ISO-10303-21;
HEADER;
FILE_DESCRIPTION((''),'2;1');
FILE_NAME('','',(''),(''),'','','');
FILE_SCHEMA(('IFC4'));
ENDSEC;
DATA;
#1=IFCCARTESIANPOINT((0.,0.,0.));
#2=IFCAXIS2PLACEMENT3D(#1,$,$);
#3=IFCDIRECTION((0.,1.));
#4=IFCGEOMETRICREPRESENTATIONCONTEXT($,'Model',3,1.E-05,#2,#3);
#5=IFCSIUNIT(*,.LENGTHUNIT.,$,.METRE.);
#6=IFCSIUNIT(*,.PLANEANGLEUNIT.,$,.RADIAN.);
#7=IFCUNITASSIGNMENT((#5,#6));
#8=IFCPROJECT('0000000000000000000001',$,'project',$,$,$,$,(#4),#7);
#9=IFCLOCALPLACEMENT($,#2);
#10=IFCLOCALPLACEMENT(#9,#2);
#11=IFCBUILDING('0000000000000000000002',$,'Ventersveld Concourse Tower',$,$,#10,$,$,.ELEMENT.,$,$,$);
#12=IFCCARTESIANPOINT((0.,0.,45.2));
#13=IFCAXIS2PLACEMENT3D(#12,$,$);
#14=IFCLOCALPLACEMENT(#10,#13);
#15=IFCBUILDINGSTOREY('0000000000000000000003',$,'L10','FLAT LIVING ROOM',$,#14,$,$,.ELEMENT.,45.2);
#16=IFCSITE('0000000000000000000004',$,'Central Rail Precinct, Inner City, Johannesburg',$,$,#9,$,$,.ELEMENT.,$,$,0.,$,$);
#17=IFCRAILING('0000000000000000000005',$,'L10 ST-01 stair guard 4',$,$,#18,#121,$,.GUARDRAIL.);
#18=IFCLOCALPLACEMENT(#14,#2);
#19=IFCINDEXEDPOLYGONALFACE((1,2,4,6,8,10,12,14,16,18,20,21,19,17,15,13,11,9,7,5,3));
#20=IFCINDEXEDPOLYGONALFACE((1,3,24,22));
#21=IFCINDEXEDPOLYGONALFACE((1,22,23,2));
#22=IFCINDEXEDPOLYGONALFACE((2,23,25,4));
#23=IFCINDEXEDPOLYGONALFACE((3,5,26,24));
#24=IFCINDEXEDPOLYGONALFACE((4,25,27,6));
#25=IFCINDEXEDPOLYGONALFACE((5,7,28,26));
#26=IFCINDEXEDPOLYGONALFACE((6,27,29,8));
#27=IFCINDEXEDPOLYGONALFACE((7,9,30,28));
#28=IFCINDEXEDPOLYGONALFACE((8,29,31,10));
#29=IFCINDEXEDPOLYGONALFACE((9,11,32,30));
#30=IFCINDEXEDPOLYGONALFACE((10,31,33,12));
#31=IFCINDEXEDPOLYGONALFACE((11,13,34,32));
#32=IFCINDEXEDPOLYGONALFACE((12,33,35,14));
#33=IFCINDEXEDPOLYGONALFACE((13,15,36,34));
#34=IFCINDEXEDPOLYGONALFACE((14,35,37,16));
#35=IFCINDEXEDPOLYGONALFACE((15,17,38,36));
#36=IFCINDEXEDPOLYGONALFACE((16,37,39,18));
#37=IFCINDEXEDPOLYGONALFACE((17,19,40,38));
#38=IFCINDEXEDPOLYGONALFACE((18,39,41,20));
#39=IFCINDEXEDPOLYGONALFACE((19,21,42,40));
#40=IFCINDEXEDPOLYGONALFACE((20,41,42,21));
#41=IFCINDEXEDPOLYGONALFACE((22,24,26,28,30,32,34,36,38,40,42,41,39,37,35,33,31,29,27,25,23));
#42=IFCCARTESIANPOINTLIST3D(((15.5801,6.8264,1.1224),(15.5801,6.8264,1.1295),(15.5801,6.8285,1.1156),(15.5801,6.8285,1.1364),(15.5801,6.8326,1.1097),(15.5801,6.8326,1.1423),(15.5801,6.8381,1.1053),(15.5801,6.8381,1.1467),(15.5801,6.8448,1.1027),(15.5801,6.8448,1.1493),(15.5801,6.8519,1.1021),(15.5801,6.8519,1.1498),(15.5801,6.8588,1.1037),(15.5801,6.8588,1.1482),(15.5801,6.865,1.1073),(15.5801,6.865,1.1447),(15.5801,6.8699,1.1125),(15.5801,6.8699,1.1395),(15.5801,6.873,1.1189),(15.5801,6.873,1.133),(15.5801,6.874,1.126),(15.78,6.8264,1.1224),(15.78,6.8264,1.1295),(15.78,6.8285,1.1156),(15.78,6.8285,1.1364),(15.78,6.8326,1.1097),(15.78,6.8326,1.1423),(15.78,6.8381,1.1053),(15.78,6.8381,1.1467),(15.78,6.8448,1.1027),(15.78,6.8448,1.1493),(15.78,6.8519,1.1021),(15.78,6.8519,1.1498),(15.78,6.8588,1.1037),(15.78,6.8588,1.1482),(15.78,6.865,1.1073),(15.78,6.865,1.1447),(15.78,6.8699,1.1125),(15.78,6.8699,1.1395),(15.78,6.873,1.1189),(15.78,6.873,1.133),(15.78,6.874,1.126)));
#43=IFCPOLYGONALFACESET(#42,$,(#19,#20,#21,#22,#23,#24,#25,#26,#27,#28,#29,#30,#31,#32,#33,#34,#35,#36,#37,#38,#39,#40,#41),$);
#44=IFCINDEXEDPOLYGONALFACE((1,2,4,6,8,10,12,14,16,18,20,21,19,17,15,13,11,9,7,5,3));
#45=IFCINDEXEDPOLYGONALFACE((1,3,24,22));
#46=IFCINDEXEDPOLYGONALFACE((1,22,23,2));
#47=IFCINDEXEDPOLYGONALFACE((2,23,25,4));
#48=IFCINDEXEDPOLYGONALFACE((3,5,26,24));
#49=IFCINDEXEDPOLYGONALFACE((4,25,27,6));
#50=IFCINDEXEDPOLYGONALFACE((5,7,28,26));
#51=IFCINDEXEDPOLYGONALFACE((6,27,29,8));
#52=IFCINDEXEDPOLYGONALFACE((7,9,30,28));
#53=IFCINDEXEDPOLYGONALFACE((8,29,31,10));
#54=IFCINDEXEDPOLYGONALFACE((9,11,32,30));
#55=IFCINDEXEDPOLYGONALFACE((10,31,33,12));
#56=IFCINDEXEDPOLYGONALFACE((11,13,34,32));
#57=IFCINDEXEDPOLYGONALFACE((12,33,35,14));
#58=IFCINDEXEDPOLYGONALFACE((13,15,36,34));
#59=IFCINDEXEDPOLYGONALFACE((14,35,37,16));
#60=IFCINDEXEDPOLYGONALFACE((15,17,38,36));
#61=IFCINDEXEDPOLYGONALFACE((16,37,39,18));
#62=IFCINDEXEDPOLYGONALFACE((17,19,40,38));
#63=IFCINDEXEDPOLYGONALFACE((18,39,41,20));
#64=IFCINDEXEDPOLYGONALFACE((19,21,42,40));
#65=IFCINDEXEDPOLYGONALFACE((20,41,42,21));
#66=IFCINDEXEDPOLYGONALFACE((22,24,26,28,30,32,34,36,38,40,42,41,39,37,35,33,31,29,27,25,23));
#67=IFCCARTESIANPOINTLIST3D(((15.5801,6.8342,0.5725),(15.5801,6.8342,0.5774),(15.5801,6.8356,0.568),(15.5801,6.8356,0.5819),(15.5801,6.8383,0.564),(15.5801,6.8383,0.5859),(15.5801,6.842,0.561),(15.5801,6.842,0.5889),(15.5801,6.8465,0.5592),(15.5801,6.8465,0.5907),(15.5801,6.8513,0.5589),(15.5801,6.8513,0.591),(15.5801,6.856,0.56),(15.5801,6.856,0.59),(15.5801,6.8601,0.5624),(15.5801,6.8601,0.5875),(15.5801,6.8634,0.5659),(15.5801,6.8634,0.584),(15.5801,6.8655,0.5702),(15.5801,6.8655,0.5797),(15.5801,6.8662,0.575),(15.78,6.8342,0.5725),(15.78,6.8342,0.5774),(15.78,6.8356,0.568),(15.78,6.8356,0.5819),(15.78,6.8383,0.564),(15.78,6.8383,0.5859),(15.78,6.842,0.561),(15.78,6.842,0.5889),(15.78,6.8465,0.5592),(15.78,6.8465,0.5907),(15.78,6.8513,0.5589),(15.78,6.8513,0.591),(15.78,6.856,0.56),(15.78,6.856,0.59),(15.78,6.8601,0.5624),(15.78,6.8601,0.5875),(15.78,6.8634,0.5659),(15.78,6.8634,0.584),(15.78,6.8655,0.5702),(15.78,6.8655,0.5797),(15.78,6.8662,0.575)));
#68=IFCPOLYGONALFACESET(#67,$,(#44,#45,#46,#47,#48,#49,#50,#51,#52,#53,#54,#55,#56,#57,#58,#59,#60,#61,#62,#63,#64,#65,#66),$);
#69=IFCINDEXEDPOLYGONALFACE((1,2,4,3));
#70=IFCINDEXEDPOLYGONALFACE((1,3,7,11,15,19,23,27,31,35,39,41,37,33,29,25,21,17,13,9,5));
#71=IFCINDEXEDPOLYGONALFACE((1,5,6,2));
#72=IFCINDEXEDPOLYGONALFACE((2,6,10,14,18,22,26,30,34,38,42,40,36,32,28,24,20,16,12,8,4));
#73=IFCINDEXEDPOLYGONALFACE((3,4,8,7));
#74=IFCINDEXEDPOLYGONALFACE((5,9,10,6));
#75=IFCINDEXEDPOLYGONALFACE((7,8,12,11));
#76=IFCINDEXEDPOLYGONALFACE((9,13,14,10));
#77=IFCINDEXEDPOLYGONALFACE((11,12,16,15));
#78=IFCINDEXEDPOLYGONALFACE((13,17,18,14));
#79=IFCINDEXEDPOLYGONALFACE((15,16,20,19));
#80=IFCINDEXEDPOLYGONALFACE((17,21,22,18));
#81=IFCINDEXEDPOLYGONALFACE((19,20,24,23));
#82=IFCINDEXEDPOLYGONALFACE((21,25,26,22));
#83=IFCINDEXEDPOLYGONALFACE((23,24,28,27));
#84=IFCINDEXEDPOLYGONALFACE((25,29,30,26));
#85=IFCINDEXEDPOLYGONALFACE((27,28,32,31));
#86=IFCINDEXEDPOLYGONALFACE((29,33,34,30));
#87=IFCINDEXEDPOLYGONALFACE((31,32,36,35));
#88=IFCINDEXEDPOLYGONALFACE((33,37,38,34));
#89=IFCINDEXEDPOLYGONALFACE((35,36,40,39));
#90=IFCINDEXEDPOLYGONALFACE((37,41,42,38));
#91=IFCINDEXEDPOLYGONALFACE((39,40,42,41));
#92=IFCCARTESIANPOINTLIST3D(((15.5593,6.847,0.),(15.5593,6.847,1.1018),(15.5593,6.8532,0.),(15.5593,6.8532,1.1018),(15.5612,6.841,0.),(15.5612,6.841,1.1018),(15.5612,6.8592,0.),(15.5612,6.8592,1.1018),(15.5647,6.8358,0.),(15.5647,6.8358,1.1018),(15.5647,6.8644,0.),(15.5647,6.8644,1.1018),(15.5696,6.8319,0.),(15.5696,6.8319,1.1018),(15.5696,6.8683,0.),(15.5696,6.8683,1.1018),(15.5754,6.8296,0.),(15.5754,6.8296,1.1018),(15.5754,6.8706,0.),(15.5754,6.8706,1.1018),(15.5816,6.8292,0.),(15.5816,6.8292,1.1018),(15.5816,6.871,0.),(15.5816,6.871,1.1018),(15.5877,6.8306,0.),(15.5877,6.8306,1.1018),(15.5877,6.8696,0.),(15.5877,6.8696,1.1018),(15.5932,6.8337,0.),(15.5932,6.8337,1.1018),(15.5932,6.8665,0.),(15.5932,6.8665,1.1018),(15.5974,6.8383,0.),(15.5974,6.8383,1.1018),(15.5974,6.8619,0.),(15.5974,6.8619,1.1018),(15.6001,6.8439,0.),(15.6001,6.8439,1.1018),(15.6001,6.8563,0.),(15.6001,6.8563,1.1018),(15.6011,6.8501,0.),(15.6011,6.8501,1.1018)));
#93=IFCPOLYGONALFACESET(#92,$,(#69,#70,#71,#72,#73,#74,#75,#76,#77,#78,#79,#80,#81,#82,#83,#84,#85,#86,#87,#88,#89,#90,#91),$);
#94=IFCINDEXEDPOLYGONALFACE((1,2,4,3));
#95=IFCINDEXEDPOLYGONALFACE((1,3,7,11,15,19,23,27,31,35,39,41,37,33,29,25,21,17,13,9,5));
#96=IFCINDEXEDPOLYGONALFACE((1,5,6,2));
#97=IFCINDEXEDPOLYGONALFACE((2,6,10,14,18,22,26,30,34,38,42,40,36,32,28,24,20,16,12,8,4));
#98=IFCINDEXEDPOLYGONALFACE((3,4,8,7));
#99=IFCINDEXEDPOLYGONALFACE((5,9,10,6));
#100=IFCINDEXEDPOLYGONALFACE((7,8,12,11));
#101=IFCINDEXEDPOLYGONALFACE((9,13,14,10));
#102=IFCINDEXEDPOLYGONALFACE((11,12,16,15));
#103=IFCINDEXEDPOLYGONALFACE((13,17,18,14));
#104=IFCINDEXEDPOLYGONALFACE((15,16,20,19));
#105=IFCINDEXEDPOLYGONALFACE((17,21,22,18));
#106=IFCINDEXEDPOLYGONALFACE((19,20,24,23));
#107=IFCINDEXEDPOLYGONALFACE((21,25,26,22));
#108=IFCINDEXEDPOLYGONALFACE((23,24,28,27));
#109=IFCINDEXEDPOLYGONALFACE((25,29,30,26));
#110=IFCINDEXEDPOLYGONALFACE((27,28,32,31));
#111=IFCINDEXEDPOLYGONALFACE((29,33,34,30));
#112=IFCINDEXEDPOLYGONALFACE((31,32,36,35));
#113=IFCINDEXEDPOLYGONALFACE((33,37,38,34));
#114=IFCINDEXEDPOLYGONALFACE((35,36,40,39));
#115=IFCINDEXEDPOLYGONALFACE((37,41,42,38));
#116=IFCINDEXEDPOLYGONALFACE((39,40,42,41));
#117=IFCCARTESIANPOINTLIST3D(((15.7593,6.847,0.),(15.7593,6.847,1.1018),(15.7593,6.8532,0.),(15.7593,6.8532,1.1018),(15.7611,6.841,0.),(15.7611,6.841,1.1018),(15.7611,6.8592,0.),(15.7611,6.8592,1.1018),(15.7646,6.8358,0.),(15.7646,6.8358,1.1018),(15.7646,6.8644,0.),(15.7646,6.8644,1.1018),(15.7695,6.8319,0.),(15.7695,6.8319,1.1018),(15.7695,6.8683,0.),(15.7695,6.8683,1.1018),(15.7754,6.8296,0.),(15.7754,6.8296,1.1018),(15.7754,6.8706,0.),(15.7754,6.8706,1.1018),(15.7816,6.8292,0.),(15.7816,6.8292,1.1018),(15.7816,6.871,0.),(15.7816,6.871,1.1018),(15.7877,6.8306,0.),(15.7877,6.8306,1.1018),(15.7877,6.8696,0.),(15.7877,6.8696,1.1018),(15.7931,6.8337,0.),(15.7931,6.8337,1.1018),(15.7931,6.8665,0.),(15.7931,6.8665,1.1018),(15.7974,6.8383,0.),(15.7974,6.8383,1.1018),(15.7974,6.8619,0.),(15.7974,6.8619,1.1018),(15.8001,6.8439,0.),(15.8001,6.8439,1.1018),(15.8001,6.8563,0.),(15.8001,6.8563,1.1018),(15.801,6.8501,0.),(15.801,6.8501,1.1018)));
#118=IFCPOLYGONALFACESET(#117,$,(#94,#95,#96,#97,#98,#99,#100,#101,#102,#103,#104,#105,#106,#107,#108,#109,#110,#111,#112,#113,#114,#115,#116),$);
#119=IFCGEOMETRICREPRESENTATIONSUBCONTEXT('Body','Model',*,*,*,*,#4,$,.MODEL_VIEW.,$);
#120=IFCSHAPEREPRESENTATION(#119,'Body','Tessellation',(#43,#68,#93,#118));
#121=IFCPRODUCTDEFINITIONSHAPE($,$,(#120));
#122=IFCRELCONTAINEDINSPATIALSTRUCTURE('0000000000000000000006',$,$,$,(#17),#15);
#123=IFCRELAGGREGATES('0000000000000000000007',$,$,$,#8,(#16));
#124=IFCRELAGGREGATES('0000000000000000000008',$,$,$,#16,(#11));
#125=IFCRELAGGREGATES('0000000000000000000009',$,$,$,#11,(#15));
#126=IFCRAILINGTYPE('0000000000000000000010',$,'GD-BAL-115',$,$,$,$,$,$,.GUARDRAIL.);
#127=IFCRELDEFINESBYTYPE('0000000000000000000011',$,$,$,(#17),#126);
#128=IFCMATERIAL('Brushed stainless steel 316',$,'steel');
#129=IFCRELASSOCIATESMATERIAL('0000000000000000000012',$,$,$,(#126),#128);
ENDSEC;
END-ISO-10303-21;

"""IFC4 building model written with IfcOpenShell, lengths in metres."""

from ifc_helpers import new_model, si_unit, direction, frame, origin, origin_2d, place, context, subcontext, project, spatial, circle, extrude, material, type_object, element, save


model = new_model("IFC4")

# Units and contexts
model_context = context("Model", 3, precision=1e-05, world=origin(), true_north=direction((0.0, 1.0)))
body_context = subcontext(model_context, "Body", "Model", "MODEL_VIEW")
ifc_project = project(units=[si_unit("LENGTHUNIT", "METRE"), si_unit("PLANEANGLEUNIT", "RADIAN")], contexts=[model_context])

# Site, building, storey
site_placement = place(None, origin())
site = spatial("IfcSite", under=ifc_project, at=site_placement, Name="Central Rail Precinct, Inner City, Johannesburg", CompositionType="ELEMENT", RefElevation=0.0)
building_placement = place(site_placement, origin())
building = spatial("IfcBuilding", under=site, at=building_placement, Name="Ventersveld Concourse Tower", CompositionType="ELEMENT")
storey_placement = place(building_placement, frame((0.0, 0.0, 45.2)))
storey = spatial("IfcBuildingStorey", under=building, at=storey_placement, Name="L10", Description="FLAT LIVING ROOM", CompositionType="ELEMENT", Elevation=45.2)

# Shared definitions
ifc_material_1 = material(Name="Brushed stainless steel 316", Category="steel")

# Railing
railing_type = type_object("IfcRailingType", Name="GD-BAL-115", PredefinedType="GUARDRAIL", material=ifc_material_1)
railing_placement = place(storey_placement, frame((15.5801, 6.8501, 0.0)))
element("IfcRailing", 1, at=railing_placement, inside=storey, type_object=railing_type, Name="L10 ST-01 stair guard 4", PredefinedType="GUARDRAIL", context=body_context, shape_type="SweptSolid", body=[
    extrude(circle(Radius=0.0239, at=origin_2d()), frame((0.0, 0.0, 1.126), z_axis=(1.0, 0.0, 0.0), x_axis=(0.0, 1.0, 0.0)), (0.0, 0.0, 1.0), 0.2),
    extrude(circle(Radius=0.0161, at=origin_2d()), frame((0.0, 0.0, 0.575), z_axis=(1.0, 0.0, 0.0), x_axis=(0.0, 1.0, 0.0)), (0.0, 0.0, 1.0), 0.2),
    extrude(circle(Radius=0.021, at=origin_2d()), origin(), (0.0, 0.0, 1.0), 1.1018),
    extrude(circle(Radius=0.021, at=origin_2d()), frame((0.2, 0.0, 0.0)), (0.0, 0.0, 1.0), 1.1018),
])

save(model, "model.ifc")
